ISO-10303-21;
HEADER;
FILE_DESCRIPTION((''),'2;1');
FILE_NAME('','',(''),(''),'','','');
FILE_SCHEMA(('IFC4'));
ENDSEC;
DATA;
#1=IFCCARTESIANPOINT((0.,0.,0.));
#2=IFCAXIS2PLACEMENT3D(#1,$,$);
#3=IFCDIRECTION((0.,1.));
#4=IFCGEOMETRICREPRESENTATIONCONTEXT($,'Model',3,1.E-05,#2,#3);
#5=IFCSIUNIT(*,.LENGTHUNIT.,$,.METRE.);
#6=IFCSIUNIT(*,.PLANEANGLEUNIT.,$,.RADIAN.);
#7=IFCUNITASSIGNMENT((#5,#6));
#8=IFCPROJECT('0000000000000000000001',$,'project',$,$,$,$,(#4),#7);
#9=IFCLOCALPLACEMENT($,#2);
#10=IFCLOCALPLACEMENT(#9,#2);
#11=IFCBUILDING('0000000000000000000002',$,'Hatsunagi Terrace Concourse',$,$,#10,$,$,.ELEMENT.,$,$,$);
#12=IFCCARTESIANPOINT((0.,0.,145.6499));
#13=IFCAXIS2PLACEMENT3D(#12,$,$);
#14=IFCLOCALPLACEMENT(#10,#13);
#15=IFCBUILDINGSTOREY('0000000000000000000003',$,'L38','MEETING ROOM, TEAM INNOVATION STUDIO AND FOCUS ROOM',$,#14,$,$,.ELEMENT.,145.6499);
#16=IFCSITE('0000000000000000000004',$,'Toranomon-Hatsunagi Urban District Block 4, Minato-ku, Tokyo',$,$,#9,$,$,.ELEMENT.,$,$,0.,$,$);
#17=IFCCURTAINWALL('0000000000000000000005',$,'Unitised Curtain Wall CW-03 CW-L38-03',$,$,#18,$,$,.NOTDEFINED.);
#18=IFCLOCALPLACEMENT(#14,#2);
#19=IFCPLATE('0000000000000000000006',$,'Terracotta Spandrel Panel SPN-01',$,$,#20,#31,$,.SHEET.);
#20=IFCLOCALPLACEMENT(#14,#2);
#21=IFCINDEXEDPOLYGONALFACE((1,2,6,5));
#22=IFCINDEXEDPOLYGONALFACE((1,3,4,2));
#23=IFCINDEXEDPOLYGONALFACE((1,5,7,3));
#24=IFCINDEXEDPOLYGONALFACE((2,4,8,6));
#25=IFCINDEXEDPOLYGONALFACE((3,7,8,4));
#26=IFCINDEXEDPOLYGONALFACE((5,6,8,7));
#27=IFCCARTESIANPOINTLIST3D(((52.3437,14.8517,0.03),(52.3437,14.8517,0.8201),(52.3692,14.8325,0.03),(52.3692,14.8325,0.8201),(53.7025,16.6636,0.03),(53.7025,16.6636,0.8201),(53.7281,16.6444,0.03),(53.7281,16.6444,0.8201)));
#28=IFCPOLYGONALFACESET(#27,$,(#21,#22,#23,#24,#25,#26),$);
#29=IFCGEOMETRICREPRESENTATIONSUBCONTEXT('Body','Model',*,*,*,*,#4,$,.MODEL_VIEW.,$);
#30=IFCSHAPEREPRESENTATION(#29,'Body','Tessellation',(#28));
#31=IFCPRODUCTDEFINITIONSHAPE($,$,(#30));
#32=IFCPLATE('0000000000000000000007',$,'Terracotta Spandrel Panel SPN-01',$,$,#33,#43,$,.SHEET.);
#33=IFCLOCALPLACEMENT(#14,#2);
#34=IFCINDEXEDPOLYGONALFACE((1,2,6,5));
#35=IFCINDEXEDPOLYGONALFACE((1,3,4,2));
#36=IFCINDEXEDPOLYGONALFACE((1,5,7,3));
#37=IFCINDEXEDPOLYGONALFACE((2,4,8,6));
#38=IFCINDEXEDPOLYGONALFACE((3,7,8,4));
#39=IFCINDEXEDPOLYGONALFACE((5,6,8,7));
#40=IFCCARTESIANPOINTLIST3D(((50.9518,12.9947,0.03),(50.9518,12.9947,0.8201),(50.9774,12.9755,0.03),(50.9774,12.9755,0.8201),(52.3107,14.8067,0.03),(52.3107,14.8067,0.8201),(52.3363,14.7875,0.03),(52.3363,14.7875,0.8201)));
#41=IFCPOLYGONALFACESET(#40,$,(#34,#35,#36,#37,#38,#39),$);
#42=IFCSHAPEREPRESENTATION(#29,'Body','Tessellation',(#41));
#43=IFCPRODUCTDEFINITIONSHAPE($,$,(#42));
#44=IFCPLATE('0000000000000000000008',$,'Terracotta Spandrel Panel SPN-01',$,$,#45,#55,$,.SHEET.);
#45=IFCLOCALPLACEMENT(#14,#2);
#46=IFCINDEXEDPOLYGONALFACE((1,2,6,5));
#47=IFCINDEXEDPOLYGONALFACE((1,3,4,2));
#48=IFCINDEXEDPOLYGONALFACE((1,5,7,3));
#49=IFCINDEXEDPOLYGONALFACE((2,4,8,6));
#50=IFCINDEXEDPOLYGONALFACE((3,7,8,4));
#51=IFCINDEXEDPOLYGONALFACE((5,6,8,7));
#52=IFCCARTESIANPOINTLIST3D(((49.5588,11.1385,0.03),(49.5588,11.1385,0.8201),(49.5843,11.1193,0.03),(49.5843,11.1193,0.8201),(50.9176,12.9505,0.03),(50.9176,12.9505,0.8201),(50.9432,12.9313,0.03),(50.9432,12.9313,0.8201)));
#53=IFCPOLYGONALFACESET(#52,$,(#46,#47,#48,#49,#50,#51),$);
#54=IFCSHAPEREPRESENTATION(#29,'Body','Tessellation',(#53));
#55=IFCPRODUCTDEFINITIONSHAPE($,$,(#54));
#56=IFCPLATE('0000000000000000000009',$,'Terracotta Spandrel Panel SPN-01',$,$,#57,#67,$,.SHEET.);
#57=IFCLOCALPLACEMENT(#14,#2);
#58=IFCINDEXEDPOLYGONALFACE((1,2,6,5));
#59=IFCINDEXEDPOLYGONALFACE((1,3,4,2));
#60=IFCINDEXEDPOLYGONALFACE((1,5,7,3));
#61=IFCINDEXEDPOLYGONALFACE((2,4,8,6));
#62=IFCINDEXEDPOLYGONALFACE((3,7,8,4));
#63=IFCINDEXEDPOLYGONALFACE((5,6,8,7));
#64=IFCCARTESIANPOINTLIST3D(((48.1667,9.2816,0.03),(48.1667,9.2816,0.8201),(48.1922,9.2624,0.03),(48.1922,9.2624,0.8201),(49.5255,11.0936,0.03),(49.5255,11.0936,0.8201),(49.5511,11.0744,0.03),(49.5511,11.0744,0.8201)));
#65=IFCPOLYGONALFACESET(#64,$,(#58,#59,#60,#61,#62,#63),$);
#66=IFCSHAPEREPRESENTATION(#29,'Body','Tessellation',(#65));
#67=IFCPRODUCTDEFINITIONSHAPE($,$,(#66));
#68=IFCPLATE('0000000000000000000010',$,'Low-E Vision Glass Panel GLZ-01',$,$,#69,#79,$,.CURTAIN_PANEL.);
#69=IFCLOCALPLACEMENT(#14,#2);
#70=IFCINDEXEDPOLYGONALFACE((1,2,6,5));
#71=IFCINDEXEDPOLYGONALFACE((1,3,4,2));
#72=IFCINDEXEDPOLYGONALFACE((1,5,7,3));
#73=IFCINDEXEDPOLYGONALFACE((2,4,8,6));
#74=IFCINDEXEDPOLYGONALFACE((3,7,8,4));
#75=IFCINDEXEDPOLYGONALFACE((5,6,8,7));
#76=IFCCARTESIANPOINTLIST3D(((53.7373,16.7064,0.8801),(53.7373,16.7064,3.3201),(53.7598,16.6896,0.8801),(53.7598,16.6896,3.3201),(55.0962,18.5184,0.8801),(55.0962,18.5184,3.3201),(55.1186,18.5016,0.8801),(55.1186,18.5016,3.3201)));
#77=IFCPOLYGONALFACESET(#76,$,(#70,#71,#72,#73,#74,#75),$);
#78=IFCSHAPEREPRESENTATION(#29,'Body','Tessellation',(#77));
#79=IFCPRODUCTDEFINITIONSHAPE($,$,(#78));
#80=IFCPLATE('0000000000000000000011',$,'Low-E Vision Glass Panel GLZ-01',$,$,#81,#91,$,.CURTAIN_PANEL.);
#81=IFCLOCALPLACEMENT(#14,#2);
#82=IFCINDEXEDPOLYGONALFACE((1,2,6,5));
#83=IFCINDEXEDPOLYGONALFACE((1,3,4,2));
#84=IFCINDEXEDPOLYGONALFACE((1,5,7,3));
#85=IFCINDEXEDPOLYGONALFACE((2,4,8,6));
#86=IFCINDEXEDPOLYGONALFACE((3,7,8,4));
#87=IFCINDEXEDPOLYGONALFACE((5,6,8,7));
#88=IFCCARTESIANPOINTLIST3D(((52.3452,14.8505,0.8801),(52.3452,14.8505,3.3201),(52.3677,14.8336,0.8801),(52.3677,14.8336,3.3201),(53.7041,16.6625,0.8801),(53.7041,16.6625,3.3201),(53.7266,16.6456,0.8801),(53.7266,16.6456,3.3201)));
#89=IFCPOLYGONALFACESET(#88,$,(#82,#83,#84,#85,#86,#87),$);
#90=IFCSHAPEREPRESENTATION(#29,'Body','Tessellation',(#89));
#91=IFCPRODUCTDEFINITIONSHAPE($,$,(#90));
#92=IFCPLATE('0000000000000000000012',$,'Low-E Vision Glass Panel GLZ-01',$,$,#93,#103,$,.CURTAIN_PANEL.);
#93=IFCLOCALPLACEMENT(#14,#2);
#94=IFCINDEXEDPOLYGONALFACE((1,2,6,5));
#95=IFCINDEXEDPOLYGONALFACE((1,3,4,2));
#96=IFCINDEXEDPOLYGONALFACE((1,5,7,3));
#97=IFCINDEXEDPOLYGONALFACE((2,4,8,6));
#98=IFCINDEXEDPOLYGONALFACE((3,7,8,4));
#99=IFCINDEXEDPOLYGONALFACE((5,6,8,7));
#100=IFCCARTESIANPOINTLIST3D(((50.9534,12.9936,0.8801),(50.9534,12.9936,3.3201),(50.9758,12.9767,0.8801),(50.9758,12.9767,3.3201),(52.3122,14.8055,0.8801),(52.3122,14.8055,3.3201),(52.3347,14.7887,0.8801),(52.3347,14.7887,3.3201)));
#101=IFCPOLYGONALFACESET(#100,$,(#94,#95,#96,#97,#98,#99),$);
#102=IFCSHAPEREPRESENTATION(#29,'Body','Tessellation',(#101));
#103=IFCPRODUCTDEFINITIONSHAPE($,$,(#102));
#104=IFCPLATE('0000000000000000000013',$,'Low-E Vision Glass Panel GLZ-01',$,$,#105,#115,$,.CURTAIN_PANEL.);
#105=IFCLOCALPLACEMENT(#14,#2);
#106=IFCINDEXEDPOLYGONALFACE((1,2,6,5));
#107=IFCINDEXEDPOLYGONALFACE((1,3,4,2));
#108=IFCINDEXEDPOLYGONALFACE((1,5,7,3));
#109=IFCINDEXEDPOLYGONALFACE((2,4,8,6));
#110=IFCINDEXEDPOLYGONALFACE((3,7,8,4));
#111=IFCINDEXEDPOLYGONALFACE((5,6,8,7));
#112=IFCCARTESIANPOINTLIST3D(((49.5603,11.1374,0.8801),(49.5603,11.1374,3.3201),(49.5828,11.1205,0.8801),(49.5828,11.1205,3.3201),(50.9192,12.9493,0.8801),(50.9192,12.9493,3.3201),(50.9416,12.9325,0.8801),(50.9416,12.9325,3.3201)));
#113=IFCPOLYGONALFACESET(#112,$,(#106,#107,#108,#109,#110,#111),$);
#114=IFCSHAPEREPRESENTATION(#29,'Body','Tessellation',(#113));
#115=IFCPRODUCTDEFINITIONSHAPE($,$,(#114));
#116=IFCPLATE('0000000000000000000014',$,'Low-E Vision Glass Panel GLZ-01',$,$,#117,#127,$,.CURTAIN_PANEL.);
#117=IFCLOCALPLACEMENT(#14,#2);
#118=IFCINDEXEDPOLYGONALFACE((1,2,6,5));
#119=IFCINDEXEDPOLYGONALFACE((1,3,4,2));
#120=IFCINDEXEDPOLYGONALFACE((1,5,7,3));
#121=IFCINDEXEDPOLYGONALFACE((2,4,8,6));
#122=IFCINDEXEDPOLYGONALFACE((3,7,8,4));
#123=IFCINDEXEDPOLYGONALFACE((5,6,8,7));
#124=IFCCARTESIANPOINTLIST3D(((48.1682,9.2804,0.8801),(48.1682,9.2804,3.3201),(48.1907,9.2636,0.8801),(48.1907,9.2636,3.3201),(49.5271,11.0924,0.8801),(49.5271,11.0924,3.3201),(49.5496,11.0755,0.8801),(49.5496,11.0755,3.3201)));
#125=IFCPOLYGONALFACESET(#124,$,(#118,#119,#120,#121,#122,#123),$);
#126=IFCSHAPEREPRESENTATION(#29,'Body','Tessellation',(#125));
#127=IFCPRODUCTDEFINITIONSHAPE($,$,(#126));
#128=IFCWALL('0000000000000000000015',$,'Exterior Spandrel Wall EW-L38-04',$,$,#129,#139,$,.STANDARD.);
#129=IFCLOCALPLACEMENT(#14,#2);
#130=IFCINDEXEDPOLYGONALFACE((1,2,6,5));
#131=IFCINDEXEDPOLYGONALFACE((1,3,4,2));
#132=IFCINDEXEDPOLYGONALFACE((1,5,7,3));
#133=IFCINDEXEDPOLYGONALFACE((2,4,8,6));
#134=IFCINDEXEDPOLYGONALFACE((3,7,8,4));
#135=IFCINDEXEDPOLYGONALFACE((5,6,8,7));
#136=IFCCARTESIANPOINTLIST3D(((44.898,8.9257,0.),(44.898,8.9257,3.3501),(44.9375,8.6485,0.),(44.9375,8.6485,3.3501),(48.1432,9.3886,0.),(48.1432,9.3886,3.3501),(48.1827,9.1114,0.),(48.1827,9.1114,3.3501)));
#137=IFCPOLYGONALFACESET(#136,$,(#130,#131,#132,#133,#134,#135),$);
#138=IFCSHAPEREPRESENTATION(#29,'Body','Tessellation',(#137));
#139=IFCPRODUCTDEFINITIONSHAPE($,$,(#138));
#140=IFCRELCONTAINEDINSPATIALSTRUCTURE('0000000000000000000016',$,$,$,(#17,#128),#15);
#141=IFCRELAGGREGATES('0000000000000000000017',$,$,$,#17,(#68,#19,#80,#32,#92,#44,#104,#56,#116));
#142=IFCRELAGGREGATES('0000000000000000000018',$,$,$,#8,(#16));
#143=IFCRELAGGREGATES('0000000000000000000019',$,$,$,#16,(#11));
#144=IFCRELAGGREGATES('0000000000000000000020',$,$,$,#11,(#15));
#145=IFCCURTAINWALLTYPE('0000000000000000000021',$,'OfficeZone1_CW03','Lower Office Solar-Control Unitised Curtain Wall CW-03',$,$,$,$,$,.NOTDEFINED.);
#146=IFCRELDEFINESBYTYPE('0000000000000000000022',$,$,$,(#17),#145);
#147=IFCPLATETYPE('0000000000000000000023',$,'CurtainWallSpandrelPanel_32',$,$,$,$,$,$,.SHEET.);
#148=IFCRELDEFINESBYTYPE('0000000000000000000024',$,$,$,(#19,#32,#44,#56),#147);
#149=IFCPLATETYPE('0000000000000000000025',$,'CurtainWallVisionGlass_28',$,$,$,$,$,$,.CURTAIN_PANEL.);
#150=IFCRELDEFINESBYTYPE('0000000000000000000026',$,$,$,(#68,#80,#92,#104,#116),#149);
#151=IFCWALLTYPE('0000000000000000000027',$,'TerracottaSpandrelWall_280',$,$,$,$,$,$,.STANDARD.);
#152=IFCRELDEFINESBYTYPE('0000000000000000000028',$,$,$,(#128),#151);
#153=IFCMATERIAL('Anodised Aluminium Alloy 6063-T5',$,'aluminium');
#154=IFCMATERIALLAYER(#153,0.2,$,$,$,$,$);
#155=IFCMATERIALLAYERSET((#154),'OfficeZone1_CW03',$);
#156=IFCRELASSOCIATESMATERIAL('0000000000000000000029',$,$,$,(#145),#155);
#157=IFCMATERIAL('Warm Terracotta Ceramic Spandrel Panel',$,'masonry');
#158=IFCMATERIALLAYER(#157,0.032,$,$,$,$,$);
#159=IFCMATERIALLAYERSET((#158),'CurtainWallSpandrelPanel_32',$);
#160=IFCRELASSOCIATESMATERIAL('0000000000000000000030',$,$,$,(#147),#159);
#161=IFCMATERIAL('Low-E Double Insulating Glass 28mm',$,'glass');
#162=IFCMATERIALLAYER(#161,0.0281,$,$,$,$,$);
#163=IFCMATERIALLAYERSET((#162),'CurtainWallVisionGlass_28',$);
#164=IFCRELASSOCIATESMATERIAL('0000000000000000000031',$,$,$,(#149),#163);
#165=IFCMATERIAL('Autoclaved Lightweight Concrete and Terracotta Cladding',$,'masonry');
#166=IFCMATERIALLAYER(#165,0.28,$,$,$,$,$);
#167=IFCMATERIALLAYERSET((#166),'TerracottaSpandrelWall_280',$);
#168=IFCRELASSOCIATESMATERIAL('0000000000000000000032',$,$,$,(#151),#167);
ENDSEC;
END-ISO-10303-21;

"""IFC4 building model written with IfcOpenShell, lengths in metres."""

from ifc_helpers import new_model, si_unit, direction, frame, frame_2d, origin, origin_2d, place, context, subcontext, project, spatial, rectangle, extrude, material, layer, layer_set, type_object, element, aggregate, save


model = new_model("IFC4")

# Units and contexts
model_context = context("Model", 3, precision=1e-05, world=origin(), true_north=direction((0.0, 1.0)))
body_context = subcontext(model_context, "Body", "Model", "MODEL_VIEW")
ifc_project = project(units=[si_unit("LENGTHUNIT", "METRE"), si_unit("PLANEANGLEUNIT", "RADIAN")], contexts=[model_context])

# Site, building, storey
site_placement = place(None, origin())
site = spatial("IfcSite", under=ifc_project, at=site_placement, Name="Toranomon-Hatsunagi Urban District Block 4, Minato-ku, Tokyo", CompositionType="ELEMENT", RefElevation=0.0)
building_placement = place(site_placement, origin())
building = spatial("IfcBuilding", under=site, at=building_placement, Name="Hatsunagi Terrace Concourse", CompositionType="ELEMENT")
storey_placement = place(building_placement, frame((0.0, 0.0, 145.6499)))
storey = spatial("IfcBuildingStorey", under=building, at=storey_placement, Name="L38", Description="MEETING ROOM, TEAM INNOVATION STUDIO AND FOCUS ROOM", CompositionType="ELEMENT", Elevation=145.6499)

# Curtain wall
ifc_material_1 = material(Name="Anodised Aluminium Alloy 6063-T5", Category="aluminium")
ifc_layer_1 = layer(ifc_material_1, 0.2)
ifc_layer_set_1 = layer_set([ifc_layer_1], Name="OfficeZone1_CW03")
curtain_wall_type = type_object("IfcCurtainWallType", Name="OfficeZone1_CW03", Description="Lower Office Solar-Control Unitised Curtain Wall CW-03", PredefinedType="NOTDEFINED", material=ifc_layer_set_1)
curtain_wall_placement = place(storey_placement, origin())
curtain_wall = element("IfcCurtainWall", 1, at=curtain_wall_placement, inside=storey, type_object=curtain_wall_type, Name="Unitised Curtain Wall CW-03 CW-L38-03", PredefinedType="NOTDEFINED")

# Plates
ifc_material_2 = material(Name="Warm Terracotta Ceramic Spandrel Panel", Category="masonry")
ifc_layer_2 = layer(ifc_material_2, 0.032)
ifc_layer_set_2 = layer_set([ifc_layer_2], Name="CurtainWallSpandrelPanel_32")
plate_type_1 = type_object("IfcPlateType", Name="CurtainWallSpandrelPanel_32", PredefinedType="SHEET", material=ifc_layer_set_2)
plate_1_placement = place(storey_placement, frame((53.0359, 15.748, 0.03), z_axis=(0.0, 0.0, 1.0), x_axis=(-0.599969, -0.800023, 0.0)))
plate_1 = element("IfcPlate", 2, at=plate_1_placement, type_object=plate_type_1, Name="Terracotta Spandrel Panel SPN-01", PredefinedType="SHEET", context=body_context, shape_type="SweptSolid", body=[
    extrude(rectangle(XDim=2.2649, YDim=0.032, at=origin_2d()), origin(), (0.0, 0.0, 1.0), 0.79),
])
plate_2_placement = place(storey_placement, frame((51.644, 13.8911, 0.03), z_axis=(0.0, 0.0, 1.0), x_axis=(-0.599969, -0.800023, 0.0)))
plate_2 = element("IfcPlate", 3, at=plate_2_placement, type_object=plate_type_1, Name="Terracotta Spandrel Panel SPN-01", PredefinedType="SHEET", context=body_context, shape_type="SweptSolid", body=[
    extrude(rectangle(XDim=2.2649, YDim=0.032, at=origin_2d()), origin(), (0.0, 0.0, 1.0), 0.79),
])
plate_3_placement = place(storey_placement, frame((50.251, 12.0349, 0.03), z_axis=(0.0, 0.0, 1.0), x_axis=(-0.599969, -0.800023, 0.0)))
plate_3 = element("IfcPlate", 4, at=plate_3_placement, type_object=plate_type_1, Name="Terracotta Spandrel Panel SPN-01", PredefinedType="SHEET", context=body_context, shape_type="SweptSolid", body=[
    extrude(rectangle(XDim=2.2649, YDim=0.032, at=origin_2d()), origin(), (0.0, 0.0, 1.0), 0.79),
])
plate_4_placement = place(storey_placement, frame((48.8589, 10.178, 0.03), z_axis=(0.0, 0.0, 1.0), x_axis=(-0.599969, -0.800023, 0.0)))
plate_4 = element("IfcPlate", 5, at=plate_4_placement, type_object=plate_type_1, Name="Terracotta Spandrel Panel SPN-01", PredefinedType="SHEET", context=body_context, shape_type="SweptSolid", body=[
    extrude(rectangle(XDim=2.2649, YDim=0.032, at=origin_2d()), origin(), (0.0, 0.0, 1.0), 0.79),
])
ifc_material_3 = material(Name="Low-E Double Insulating Glass 28mm", Category="glass")
ifc_layer_3 = layer(ifc_material_3, 0.0281)
ifc_layer_set_3 = layer_set([ifc_layer_3], Name="CurtainWallVisionGlass_28")
plate_type_2 = type_object("IfcPlateType", Name="CurtainWallVisionGlass_28", PredefinedType="CURTAIN_PANEL", material=ifc_layer_set_3)
plate_5_placement = place(storey_placement, frame((54.428, 17.604, 0.8801), z_axis=(0.0, 0.0, 1.0), x_axis=(-0.599969, -0.800023, 0.0)))
plate_5 = element("IfcPlate", 6, at=plate_5_placement, type_object=plate_type_2, Name="Low-E Vision Glass Panel GLZ-01", PredefinedType="CURTAIN_PANEL", context=body_context, shape_type="SweptSolid", body=[
    extrude(rectangle(XDim=2.2649, YDim=0.0281, at=origin_2d()), origin(), (0.0, 0.0, 1.0), 2.4399),
])
plate_6_placement = place(storey_placement, frame((53.0359, 15.748, 0.8801), z_axis=(0.0, 0.0, 1.0), x_axis=(-0.599969, -0.800023, 0.0)))
plate_6 = element("IfcPlate", 7, at=plate_6_placement, type_object=plate_type_2, Name="Low-E Vision Glass Panel GLZ-01", PredefinedType="CURTAIN_PANEL", context=body_context, shape_type="SweptSolid", body=[
    extrude(rectangle(XDim=2.2649, YDim=0.0281, at=origin_2d()), origin(), (0.0, 0.0, 1.0), 2.4399),
])
plate_7_placement = place(storey_placement, frame((51.644, 13.8911, 0.8801), z_axis=(0.0, 0.0, 1.0), x_axis=(-0.599969, -0.800023, 0.0)))
plate_7 = element("IfcPlate", 8, at=plate_7_placement, type_object=plate_type_2, Name="Low-E Vision Glass Panel GLZ-01", PredefinedType="CURTAIN_PANEL", context=body_context, shape_type="SweptSolid", body=[
    extrude(rectangle(XDim=2.2649, YDim=0.0281, at=origin_2d()), origin(), (0.0, 0.0, 1.0), 2.4399),
])
plate_8_placement = place(storey_placement, frame((50.251, 12.0349, 0.8801), z_axis=(0.0, 0.0, 1.0), x_axis=(-0.599969, -0.800023, 0.0)))
plate_8 = element("IfcPlate", 9, at=plate_8_placement, type_object=plate_type_2, Name="Low-E Vision Glass Panel GLZ-01", PredefinedType="CURTAIN_PANEL", context=body_context, shape_type="SweptSolid", body=[
    extrude(rectangle(XDim=2.2649, YDim=0.0281, at=origin_2d()), origin(), (0.0, 0.0, 1.0), 2.4399),
])
plate_9_placement = place(storey_placement, frame((48.8589, 10.178, 0.8801), z_axis=(0.0, 0.0, 1.0), x_axis=(-0.599969, -0.800023, 0.0)))
plate_9 = element("IfcPlate", 10, at=plate_9_placement, type_object=plate_type_2, Name="Low-E Vision Glass Panel GLZ-01", PredefinedType="CURTAIN_PANEL", context=body_context, shape_type="SweptSolid", body=[
    extrude(rectangle(XDim=2.2649, YDim=0.0281, at=origin_2d()), origin(), (0.0, 0.0, 1.0), 2.4399),
])
aggregate(curtain_wall, [plate_5, plate_1, plate_6, plate_2, plate_7, plate_3, plate_8, plate_4, plate_9])

# Wall
ifc_material_4 = material(Name="Autoclaved Lightweight Concrete and Terracotta Cladding", Category="masonry")
ifc_layer_4 = layer(ifc_material_4, 0.28)
ifc_layer_set_4 = layer_set([ifc_layer_4], Name="TerracottaSpandrelWall_280")
wall_type = type_object("IfcWallType", Name="TerracottaSpandrelWall_280", PredefinedType="STANDARD", material=ifc_layer_set_4)
wall_placement = place(storey_placement, frame((48.1631, 9.25, 0.0), z_axis=(0.0, 0.0, 1.0), x_axis=(-0.989979, -0.141213, 0.0)))
element("IfcWall", 11, at=wall_placement, inside=storey, type_object=wall_type, Name="Exterior Spandrel Wall EW-L38-04", PredefinedType="STANDARD", context=body_context, shape_type="SweptSolid", body=[
    extrude(rectangle(XDim=3.2781, YDim=0.28, at=frame_2d((1.6392, 0.0))), origin(), (0.0, 0.0, 1.0), 3.3501),
])

save(model, "model.ifc")
